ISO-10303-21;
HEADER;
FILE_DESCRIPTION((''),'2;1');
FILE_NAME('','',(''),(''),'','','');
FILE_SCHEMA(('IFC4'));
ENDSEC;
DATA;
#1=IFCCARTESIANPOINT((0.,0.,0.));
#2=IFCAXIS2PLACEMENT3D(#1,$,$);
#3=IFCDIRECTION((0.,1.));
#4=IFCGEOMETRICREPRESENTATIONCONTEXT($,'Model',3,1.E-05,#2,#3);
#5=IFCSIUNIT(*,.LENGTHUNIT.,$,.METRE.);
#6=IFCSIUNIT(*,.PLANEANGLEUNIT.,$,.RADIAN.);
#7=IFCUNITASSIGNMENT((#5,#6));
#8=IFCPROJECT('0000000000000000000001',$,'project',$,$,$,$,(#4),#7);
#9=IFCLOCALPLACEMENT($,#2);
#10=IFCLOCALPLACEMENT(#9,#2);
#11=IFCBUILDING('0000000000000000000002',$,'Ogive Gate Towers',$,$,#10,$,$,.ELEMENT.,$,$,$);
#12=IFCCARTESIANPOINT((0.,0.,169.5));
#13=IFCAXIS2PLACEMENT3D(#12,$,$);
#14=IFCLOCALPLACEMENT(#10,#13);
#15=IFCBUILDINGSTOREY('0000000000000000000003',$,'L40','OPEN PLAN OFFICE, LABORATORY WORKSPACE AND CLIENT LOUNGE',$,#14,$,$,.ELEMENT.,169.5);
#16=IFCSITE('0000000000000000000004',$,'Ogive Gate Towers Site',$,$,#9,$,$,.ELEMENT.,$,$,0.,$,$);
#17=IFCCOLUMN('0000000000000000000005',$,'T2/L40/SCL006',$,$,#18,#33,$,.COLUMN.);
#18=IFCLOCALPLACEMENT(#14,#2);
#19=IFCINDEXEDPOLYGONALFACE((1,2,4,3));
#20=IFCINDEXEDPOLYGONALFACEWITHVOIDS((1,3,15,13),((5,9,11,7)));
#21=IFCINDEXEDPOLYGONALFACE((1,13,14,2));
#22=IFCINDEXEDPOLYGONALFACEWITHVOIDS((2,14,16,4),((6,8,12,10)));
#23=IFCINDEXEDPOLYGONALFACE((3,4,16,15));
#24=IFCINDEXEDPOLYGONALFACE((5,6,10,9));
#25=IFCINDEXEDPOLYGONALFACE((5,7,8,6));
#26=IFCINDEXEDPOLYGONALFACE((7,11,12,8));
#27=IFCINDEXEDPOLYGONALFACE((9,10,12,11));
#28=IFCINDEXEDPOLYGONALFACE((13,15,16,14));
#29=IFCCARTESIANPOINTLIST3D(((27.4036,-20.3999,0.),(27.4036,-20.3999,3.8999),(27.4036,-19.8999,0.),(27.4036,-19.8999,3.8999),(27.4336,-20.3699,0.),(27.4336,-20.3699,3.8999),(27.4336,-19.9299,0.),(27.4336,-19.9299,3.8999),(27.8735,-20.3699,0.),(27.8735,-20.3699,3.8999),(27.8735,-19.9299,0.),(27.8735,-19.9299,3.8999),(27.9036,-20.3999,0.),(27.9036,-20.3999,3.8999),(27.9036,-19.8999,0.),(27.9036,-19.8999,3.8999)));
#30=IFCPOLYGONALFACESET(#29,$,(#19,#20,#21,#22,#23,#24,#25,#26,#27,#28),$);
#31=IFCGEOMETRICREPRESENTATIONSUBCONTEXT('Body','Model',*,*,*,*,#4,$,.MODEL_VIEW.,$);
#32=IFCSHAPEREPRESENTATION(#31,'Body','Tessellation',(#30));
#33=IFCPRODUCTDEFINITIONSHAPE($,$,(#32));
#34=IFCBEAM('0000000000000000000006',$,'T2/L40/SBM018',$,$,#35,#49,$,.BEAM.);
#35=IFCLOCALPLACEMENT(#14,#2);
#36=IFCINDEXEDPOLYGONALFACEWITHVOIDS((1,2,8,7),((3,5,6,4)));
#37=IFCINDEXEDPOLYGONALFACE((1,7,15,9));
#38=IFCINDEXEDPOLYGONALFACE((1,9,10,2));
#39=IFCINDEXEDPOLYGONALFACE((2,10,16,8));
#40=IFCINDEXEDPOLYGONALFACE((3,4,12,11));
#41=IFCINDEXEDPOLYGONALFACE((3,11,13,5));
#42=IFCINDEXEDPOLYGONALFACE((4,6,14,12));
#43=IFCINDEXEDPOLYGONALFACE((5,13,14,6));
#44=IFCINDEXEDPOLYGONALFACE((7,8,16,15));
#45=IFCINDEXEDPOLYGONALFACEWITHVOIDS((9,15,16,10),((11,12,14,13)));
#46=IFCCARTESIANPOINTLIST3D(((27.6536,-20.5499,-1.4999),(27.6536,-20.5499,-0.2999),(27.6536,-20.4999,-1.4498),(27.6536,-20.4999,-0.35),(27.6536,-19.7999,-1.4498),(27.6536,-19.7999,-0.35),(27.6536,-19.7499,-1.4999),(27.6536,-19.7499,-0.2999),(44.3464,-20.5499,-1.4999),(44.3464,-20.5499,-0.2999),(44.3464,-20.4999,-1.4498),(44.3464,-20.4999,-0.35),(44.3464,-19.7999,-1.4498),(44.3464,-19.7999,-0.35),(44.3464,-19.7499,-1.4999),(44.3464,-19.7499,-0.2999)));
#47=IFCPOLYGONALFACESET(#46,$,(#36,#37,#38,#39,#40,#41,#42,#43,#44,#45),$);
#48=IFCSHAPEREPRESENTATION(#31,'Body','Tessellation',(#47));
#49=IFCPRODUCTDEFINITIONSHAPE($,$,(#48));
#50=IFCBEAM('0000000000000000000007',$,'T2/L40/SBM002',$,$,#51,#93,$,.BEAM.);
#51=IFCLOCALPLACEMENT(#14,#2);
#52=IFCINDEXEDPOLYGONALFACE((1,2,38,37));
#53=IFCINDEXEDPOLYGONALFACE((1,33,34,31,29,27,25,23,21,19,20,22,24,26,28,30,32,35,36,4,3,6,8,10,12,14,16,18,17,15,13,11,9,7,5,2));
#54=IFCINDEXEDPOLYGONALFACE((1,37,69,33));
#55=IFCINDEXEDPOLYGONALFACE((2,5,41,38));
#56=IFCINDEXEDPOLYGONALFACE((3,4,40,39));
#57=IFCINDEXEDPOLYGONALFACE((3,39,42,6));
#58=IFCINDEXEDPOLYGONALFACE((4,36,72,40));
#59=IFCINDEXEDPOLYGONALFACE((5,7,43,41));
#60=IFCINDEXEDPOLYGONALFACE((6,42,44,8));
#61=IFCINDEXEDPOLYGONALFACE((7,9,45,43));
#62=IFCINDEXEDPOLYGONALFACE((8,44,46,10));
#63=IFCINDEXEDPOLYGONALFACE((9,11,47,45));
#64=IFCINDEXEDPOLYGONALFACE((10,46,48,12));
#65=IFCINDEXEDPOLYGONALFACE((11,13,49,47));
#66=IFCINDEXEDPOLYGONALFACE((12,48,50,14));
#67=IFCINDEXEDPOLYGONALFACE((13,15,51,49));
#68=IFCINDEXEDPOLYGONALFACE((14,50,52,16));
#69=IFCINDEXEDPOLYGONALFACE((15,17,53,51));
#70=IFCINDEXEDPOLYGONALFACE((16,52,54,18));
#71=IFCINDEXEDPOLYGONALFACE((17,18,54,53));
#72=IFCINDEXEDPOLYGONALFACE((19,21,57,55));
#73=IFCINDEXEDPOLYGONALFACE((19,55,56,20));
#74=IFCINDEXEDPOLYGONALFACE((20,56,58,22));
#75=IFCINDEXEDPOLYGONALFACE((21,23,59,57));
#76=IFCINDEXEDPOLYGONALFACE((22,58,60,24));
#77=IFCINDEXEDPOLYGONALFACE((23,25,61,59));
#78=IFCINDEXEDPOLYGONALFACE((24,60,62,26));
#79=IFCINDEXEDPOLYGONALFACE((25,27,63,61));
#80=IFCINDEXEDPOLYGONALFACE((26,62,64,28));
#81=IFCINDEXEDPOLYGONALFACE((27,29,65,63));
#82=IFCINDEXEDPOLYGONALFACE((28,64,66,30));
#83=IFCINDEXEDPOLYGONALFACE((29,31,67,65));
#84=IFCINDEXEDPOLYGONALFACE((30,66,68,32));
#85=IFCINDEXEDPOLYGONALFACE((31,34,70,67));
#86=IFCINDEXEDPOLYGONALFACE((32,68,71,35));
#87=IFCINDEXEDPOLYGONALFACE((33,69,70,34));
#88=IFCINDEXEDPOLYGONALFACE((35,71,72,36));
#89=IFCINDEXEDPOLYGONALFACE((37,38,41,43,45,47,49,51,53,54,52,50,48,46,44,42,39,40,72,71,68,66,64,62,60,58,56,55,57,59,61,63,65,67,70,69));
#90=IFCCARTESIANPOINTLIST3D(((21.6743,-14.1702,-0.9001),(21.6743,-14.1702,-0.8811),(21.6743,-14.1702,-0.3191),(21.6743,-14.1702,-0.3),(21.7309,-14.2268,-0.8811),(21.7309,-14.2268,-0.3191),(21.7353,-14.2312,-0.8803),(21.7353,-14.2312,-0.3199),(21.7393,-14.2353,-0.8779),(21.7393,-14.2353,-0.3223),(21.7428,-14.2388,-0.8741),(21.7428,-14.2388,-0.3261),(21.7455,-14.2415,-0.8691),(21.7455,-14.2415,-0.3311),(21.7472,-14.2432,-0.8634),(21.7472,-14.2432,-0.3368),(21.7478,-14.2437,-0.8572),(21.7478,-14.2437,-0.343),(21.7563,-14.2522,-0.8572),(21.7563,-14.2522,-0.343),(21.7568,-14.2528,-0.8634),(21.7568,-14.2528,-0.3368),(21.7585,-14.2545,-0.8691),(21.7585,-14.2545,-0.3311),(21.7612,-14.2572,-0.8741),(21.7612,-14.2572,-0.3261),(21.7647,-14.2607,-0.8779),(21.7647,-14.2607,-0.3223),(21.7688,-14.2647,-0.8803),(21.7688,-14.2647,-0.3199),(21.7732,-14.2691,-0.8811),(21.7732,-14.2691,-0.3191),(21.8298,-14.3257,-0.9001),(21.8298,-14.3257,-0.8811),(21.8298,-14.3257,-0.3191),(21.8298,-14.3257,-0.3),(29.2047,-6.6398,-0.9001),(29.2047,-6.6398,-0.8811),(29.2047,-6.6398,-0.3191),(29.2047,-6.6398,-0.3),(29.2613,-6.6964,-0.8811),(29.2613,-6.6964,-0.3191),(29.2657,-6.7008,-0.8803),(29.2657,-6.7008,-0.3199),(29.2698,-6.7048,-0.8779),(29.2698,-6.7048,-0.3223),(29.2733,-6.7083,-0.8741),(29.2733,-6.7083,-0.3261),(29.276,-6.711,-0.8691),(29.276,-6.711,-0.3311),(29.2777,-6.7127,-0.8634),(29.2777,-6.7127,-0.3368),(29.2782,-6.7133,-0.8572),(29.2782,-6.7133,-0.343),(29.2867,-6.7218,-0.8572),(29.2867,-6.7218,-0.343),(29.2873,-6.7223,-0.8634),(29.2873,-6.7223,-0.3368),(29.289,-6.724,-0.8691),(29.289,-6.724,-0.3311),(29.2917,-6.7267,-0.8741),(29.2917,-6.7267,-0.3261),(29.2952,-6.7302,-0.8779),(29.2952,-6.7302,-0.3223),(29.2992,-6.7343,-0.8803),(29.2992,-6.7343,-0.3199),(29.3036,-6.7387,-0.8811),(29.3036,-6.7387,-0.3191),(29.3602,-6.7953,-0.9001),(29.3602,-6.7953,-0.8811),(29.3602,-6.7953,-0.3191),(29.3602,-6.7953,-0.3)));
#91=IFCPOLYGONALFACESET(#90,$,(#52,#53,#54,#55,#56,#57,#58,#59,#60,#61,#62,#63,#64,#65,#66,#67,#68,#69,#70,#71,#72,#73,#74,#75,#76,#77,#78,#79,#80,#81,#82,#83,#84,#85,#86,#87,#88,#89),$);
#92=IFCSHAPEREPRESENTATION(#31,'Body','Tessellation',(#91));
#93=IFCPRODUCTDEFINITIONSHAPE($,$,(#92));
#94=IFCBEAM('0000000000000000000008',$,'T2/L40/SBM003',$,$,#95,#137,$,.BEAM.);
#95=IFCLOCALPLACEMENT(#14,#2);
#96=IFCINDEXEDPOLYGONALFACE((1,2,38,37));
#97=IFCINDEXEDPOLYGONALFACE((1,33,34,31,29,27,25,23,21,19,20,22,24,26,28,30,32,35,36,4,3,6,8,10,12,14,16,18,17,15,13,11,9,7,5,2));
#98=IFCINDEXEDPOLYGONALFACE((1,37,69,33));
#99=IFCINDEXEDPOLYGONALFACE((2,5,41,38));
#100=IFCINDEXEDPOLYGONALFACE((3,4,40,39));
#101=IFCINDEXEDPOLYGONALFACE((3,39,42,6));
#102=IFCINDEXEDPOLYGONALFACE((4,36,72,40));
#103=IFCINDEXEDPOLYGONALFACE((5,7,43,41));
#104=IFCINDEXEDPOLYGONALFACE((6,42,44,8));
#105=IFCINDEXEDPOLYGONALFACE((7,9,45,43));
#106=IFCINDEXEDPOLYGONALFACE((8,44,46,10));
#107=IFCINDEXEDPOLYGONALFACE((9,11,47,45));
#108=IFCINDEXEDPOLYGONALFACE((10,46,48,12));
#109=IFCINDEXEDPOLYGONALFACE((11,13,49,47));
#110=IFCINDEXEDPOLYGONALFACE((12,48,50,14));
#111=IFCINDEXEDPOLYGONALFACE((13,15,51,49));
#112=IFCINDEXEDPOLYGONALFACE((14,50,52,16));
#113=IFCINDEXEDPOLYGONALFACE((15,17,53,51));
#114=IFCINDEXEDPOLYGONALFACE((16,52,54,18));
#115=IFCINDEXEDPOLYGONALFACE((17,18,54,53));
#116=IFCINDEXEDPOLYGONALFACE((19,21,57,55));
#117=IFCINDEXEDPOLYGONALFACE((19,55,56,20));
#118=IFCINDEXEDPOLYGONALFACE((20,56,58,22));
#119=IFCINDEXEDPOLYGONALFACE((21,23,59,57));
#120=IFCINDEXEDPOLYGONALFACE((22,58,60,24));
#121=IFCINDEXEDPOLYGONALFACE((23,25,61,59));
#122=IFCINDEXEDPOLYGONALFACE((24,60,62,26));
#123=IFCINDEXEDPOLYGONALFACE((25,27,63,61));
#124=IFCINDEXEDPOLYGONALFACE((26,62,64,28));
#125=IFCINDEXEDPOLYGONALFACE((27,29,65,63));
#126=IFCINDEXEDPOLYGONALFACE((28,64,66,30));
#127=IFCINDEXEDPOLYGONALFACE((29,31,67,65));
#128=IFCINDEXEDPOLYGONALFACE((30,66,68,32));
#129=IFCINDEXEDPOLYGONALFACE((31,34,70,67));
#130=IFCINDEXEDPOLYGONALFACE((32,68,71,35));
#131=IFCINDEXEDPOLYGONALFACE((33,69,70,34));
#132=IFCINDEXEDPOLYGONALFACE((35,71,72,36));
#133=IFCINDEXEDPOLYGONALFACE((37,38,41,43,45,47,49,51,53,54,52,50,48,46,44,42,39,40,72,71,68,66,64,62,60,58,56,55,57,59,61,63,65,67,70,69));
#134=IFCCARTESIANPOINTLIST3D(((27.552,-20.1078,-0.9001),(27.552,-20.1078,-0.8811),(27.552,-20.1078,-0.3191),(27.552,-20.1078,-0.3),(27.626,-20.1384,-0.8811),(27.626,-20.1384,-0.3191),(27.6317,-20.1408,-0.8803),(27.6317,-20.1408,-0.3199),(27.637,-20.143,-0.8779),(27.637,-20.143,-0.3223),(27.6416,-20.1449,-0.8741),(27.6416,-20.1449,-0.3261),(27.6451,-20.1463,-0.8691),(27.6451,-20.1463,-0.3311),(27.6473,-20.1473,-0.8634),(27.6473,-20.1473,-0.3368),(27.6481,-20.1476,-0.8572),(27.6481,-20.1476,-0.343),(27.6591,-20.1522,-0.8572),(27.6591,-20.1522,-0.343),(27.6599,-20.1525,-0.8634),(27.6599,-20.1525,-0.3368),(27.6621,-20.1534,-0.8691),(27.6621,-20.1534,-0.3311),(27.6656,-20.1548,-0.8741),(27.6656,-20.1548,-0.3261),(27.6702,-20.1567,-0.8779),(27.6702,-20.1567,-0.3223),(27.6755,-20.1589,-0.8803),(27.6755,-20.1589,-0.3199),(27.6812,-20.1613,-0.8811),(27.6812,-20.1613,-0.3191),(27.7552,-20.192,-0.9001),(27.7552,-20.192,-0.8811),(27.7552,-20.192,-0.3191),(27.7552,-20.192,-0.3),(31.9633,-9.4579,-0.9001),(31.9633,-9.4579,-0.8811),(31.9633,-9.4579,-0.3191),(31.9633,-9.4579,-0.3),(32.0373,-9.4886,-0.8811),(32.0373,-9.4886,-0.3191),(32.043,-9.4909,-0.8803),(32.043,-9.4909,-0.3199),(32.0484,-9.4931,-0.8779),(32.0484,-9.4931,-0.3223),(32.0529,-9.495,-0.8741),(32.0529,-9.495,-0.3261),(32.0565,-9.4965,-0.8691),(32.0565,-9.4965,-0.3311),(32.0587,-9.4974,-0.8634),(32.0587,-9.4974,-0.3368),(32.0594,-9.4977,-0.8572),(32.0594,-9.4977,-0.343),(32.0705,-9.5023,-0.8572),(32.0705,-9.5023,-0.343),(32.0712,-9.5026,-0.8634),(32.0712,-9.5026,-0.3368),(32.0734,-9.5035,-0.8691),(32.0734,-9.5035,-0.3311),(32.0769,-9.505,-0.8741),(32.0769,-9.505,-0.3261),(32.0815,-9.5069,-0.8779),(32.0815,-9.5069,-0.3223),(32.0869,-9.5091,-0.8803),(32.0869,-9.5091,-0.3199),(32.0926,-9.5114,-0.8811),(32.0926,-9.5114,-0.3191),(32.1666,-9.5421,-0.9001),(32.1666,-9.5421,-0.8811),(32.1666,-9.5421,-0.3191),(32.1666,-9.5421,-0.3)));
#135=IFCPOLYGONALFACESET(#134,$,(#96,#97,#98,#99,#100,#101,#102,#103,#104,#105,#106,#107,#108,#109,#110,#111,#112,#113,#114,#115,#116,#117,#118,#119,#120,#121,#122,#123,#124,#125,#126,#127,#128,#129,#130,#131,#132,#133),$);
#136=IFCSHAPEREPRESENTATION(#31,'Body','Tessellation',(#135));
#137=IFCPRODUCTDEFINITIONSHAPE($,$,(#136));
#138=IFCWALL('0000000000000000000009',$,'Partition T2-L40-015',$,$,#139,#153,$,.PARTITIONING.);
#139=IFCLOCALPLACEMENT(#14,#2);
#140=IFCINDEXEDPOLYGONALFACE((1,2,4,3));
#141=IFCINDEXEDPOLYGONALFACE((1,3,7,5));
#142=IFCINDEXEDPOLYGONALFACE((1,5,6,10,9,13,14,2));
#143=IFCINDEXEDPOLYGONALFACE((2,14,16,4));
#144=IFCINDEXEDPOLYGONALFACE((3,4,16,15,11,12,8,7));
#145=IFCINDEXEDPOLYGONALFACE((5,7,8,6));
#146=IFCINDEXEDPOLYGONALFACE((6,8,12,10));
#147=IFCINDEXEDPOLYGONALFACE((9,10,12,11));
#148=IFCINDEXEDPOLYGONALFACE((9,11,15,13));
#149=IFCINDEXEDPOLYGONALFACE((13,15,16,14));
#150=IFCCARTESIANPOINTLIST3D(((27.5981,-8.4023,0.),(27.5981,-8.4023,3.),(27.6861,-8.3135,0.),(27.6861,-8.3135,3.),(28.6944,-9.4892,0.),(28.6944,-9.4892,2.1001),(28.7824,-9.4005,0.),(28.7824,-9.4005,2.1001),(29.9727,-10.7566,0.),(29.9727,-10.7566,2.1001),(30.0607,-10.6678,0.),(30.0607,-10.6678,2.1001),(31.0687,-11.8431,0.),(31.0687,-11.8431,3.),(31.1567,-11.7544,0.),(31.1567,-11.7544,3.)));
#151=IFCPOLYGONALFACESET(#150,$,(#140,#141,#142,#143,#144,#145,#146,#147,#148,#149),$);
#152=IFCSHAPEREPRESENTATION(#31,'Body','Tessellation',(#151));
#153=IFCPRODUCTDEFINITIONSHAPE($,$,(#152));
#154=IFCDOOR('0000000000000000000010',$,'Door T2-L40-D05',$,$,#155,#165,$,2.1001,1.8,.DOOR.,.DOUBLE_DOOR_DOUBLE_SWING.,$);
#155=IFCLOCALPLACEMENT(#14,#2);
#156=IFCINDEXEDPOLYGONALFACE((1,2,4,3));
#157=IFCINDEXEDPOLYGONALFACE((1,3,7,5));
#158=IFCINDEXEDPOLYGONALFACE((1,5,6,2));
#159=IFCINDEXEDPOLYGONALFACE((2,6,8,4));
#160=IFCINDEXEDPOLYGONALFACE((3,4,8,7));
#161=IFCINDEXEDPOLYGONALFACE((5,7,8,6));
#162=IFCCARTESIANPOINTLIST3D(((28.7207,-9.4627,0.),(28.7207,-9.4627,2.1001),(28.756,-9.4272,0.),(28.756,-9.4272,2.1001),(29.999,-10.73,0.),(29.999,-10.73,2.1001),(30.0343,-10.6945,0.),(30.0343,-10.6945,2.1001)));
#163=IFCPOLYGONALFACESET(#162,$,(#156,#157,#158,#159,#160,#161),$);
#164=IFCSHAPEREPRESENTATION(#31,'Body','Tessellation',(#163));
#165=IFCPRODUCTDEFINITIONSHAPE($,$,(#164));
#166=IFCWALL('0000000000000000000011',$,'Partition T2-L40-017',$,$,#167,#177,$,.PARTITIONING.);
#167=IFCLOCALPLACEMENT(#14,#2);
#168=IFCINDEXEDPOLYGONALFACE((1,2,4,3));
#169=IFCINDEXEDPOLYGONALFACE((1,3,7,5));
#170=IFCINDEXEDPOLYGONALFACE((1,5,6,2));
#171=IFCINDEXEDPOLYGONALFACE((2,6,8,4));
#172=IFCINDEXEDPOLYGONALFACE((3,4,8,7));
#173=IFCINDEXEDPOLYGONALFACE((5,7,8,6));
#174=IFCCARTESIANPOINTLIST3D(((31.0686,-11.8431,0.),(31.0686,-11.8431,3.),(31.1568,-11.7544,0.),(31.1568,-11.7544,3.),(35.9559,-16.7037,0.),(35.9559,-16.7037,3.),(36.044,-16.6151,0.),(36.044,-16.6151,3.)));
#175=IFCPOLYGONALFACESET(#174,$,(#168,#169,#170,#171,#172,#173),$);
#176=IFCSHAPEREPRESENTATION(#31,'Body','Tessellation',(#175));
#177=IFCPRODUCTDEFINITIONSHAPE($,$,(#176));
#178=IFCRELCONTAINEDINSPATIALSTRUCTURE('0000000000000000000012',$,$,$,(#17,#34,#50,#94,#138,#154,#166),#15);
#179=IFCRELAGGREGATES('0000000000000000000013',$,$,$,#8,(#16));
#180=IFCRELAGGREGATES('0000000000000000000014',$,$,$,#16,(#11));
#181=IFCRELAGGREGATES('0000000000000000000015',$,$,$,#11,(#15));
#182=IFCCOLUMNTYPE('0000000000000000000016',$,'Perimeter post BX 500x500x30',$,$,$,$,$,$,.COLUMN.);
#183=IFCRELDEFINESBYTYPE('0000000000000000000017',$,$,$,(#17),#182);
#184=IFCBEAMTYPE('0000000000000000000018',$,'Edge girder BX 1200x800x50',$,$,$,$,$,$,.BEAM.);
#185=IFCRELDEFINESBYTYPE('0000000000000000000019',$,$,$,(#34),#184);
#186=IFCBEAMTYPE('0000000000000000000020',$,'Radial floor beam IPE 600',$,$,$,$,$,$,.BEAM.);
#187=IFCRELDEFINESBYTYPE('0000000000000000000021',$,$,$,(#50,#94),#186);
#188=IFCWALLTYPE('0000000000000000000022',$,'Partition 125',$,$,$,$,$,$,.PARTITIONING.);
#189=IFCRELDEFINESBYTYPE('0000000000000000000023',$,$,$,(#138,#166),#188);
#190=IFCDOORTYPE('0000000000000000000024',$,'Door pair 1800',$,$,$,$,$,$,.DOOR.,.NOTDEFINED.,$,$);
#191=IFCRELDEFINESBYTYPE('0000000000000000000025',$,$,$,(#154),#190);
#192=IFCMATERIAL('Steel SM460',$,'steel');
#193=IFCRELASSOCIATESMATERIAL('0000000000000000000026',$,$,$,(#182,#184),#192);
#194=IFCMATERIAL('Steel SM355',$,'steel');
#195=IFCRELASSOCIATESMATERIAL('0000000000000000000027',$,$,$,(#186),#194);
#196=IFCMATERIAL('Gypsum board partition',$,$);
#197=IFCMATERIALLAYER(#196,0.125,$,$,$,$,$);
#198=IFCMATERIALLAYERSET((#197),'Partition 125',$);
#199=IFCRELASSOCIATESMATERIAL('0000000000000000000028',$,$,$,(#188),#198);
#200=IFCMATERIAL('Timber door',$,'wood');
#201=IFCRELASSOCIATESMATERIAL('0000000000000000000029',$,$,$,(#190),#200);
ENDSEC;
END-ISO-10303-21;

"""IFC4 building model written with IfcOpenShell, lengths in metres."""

from ifc_helpers import new_model, si_unit, direction, frame, frame_2d, origin, origin_2d, place, context, subcontext, project, spatial, rectangle, hollow_rectangle, i_section, extrude, material, layer, layer_set, material_profile, profile_set, type_object, element, fill, save


model = new_model("IFC4")

# Units and contexts
model_context = context("Model", 3, precision=1e-05, world=origin(), true_north=direction((0.0, 1.0)))
body_context = subcontext(model_context, "Body", "Model", "MODEL_VIEW")
ifc_project = project(units=[si_unit("LENGTHUNIT", "METRE"), si_unit("PLANEANGLEUNIT", "RADIAN")], contexts=[model_context])

# Site, building, storey
site_placement = place(None, origin())
site = spatial("IfcSite", under=ifc_project, at=site_placement, Name="Ogive Gate Towers Site", CompositionType="ELEMENT", RefElevation=0.0)
building_placement = place(site_placement, origin())
building = spatial("IfcBuilding", under=site, at=building_placement, Name="Ogive Gate Towers", CompositionType="ELEMENT")
storey_placement = place(building_placement, frame((0.0, 0.0, 169.5)))
storey = spatial("IfcBuildingStorey", under=building, at=storey_placement, Name="L40", Description="OPEN PLAN OFFICE, LABORATORY WORKSPACE AND CLIENT LOUNGE", CompositionType="ELEMENT", Elevation=169.5)

# Column
ifc_material_1 = material(Name="Steel SM460", Category="steel")
ifc_material_profile_1 = material_profile(ifc_material_1, hollow_rectangle(XDim=0.5, YDim=0.5, WallThickness=0.03, at=origin_2d()), Name="BX 500x500x30")
ifc_profile_set_1 = profile_set([ifc_material_profile_1], Name="Steel SM460")
column_type = type_object("IfcColumnType", Name="Perimeter post BX 500x500x30", PredefinedType="COLUMN", material=ifc_profile_set_1)
column_placement = place(storey_placement, frame((27.6536, -20.1499, 0.0), z_axis=(0.0, 0.0, 1.0), x_axis=(1.0, 0.0, 0.0)))
element("IfcColumn", 1, at=column_placement, inside=storey, type_object=column_type, Name="T2/L40/SCL006", PredefinedType="COLUMN", context=body_context, shape_type="SweptSolid", body=[
    extrude(hollow_rectangle(XDim=0.5, YDim=0.5, WallThickness=0.03, at=origin_2d()), origin(), (0.0, 0.0, 1.0), 3.8999),
])

# Beams
ifc_material_profile_2 = material_profile(ifc_material_1, hollow_rectangle(XDim=0.8, YDim=1.2, WallThickness=0.05, at=origin_2d()), Name="BX 1200x800x50")
ifc_profile_set_2 = profile_set([ifc_material_profile_2], Name="Steel SM460")
beam_type_1 = type_object("IfcBeamType", Name="Edge girder BX 1200x800x50", PredefinedType="BEAM", material=ifc_profile_set_2)
beam_1_placement = place(storey_placement, frame((27.6536, -20.1499, -0.8999), z_axis=(1.0, 0.0, 0.0), x_axis=(0.0, 1.0, 0.0)))
element("IfcBeam", 2, at=beam_1_placement, inside=storey, type_object=beam_type_1, Name="T2/L40/SBM018", PredefinedType="BEAM", context=body_context, shape_type="SweptSolid", body=[
    extrude(hollow_rectangle(XDim=0.8, YDim=1.2, WallThickness=0.05, at=origin_2d()), origin(), (0.0, 0.0, 1.0), 16.6929),
])
ifc_material_2 = material(Name="Steel SM355", Category="steel")
ifc_material_profile_3 = material_profile(ifc_material_2, i_section(OverallWidth=0.22, OverallDepth=0.6001, WebThickness=0.012, FlangeThickness=0.019, FilletRadius=0.0239, at=origin_2d()), Name="IPE 600")
ifc_profile_set_3 = profile_set([ifc_material_profile_3], Name="Steel SM355")
beam_type_2 = type_object("IfcBeamType", Name="Radial floor beam IPE 600", PredefinedType="BEAM", material=ifc_profile_set_3)
beam_2_placement = place(storey_placement, frame((29.2825, -6.7175, -0.6001), z_axis=(-0.707107, -0.707107, 0.0), x_axis=(0.707107, -0.707107, 0.0)))
element("IfcBeam", 3, at=beam_2_placement, inside=storey, type_object=beam_type_2, Name="T2/L40/SBM002", PredefinedType="BEAM", context=body_context, shape_type="SweptSolid", body=[
    extrude(i_section(OverallWidth=0.22, OverallDepth=0.6001, WebThickness=0.012, FlangeThickness=0.019, FilletRadius=0.0239, at=origin_2d()), origin(), (0.0, 0.0, 1.0), 10.6497),
])
beam_3_placement = place(storey_placement, frame((32.0649, -9.5, -0.6001), z_axis=(-0.382687, -0.923878, 0.0), x_axis=(0.923878, -0.382687, 0.0)))
element("IfcBeam", 4, at=beam_3_placement, inside=storey, type_object=beam_type_2, Name="T2/L40/SBM003", PredefinedType="BEAM", context=body_context, shape_type="SweptSolid", body=[
    extrude(i_section(OverallWidth=0.22, OverallDepth=0.6001, WebThickness=0.012, FlangeThickness=0.019, FilletRadius=0.0239, at=origin_2d()), origin(), (0.0, 0.0, 1.0), 11.5273),
])

# Wall, opening, door
ifc_material_3 = material(Name="Gypsum board partition")
ifc_layer_1 = layer(ifc_material_3, 0.125)
ifc_layer_set_1 = layer_set([ifc_layer_1], Name="Partition 125")
wall_type_1 = type_object("IfcWallType", Name="Partition 125", PredefinedType="PARTITIONING", material=ifc_layer_set_1)
wall_1_placement = place(storey_placement, frame((27.6421, -8.3579, 0.0), z_axis=(0.0, 0.0, 1.0), x_axis=(0.710147, -0.704053, 0.0)))
wall_1 = element("IfcWall", 5, at=wall_1_placement, inside=storey, type_object=wall_type_1, Name="Partition T2-L40-015", PredefinedType="PARTITIONING", context=body_context, shape_type="SweptSolid", body=[
    extrude(rectangle(XDim=4.8872, YDim=0.125, at=frame_2d((2.4436, 0.0))), origin(), (0.0, 0.0, 1.0), 3.0),
])
opening_1_placement = place(wall_1_placement, frame((1.5439, 0.0, 0.0)))
opening_1 = element("IfcOpeningElement", 6, at=opening_1_placement, cuts=wall_1, PredefinedType="OPENING", context=body_context, shape_type="SweptSolid", body=[
    extrude(rectangle(XDim=1.8, YDim=2.1001, at=frame_2d((0.8999, 1.05))), frame((0.0, 0.0725, 0.0), z_axis=(0.0, -1.0, 0.0), x_axis=(1.0, 0.0, 0.0)), (0.0, 0.0, 1.0), 0.145),
])
ifc_material_4 = material(Name="Timber door", Category="wood")
door_type_1 = type_object("IfcDoorType", Name="Door pair 1800", OperationType="NOTDEFINED", PredefinedType="DOOR", material=ifc_material_4)
door_1_placement = place(opening_1_placement, origin())
door_1 = element("IfcDoor", 7, at=door_1_placement, inside=storey, type_object=door_type_1, Name="Door T2-L40-D05", OperationType="DOUBLE_DOOR_DOUBLE_SWING", OverallHeight=2.1001, OverallWidth=1.8, PredefinedType="DOOR", context=body_context, shape_type="SweptSolid", body=[
    extrude(rectangle(XDim=1.8, YDim=2.1001, at=frame_2d((0.8999, 1.05))), frame((0.0, 0.0249, 0.0), z_axis=(0.0, -1.0, 0.0), x_axis=(1.0, 0.0, 0.0)), (0.0, 0.0, 1.0), 0.05),
])
fill(opening_1, door_1)

# Wall
wall_2_placement = place(storey_placement, frame((31.1128, -11.7988, 0.0), z_axis=(0.0, 0.0, 1.0), x_axis=(0.709035, -0.705174, 0.0)))
element("IfcWall", 8, at=wall_2_placement, inside=storey, type_object=wall_type_1, Name="Partition T2-L40-017", PredefinedType="PARTITIONING", context=body_context, shape_type="SweptSolid", body=[
    extrude(rectangle(XDim=6.8928, YDim=0.125, at=frame_2d((3.4463, 0.0))), origin(), (0.0, 0.0, 1.0), 3.0),
])

save(model, "model.ifc")
